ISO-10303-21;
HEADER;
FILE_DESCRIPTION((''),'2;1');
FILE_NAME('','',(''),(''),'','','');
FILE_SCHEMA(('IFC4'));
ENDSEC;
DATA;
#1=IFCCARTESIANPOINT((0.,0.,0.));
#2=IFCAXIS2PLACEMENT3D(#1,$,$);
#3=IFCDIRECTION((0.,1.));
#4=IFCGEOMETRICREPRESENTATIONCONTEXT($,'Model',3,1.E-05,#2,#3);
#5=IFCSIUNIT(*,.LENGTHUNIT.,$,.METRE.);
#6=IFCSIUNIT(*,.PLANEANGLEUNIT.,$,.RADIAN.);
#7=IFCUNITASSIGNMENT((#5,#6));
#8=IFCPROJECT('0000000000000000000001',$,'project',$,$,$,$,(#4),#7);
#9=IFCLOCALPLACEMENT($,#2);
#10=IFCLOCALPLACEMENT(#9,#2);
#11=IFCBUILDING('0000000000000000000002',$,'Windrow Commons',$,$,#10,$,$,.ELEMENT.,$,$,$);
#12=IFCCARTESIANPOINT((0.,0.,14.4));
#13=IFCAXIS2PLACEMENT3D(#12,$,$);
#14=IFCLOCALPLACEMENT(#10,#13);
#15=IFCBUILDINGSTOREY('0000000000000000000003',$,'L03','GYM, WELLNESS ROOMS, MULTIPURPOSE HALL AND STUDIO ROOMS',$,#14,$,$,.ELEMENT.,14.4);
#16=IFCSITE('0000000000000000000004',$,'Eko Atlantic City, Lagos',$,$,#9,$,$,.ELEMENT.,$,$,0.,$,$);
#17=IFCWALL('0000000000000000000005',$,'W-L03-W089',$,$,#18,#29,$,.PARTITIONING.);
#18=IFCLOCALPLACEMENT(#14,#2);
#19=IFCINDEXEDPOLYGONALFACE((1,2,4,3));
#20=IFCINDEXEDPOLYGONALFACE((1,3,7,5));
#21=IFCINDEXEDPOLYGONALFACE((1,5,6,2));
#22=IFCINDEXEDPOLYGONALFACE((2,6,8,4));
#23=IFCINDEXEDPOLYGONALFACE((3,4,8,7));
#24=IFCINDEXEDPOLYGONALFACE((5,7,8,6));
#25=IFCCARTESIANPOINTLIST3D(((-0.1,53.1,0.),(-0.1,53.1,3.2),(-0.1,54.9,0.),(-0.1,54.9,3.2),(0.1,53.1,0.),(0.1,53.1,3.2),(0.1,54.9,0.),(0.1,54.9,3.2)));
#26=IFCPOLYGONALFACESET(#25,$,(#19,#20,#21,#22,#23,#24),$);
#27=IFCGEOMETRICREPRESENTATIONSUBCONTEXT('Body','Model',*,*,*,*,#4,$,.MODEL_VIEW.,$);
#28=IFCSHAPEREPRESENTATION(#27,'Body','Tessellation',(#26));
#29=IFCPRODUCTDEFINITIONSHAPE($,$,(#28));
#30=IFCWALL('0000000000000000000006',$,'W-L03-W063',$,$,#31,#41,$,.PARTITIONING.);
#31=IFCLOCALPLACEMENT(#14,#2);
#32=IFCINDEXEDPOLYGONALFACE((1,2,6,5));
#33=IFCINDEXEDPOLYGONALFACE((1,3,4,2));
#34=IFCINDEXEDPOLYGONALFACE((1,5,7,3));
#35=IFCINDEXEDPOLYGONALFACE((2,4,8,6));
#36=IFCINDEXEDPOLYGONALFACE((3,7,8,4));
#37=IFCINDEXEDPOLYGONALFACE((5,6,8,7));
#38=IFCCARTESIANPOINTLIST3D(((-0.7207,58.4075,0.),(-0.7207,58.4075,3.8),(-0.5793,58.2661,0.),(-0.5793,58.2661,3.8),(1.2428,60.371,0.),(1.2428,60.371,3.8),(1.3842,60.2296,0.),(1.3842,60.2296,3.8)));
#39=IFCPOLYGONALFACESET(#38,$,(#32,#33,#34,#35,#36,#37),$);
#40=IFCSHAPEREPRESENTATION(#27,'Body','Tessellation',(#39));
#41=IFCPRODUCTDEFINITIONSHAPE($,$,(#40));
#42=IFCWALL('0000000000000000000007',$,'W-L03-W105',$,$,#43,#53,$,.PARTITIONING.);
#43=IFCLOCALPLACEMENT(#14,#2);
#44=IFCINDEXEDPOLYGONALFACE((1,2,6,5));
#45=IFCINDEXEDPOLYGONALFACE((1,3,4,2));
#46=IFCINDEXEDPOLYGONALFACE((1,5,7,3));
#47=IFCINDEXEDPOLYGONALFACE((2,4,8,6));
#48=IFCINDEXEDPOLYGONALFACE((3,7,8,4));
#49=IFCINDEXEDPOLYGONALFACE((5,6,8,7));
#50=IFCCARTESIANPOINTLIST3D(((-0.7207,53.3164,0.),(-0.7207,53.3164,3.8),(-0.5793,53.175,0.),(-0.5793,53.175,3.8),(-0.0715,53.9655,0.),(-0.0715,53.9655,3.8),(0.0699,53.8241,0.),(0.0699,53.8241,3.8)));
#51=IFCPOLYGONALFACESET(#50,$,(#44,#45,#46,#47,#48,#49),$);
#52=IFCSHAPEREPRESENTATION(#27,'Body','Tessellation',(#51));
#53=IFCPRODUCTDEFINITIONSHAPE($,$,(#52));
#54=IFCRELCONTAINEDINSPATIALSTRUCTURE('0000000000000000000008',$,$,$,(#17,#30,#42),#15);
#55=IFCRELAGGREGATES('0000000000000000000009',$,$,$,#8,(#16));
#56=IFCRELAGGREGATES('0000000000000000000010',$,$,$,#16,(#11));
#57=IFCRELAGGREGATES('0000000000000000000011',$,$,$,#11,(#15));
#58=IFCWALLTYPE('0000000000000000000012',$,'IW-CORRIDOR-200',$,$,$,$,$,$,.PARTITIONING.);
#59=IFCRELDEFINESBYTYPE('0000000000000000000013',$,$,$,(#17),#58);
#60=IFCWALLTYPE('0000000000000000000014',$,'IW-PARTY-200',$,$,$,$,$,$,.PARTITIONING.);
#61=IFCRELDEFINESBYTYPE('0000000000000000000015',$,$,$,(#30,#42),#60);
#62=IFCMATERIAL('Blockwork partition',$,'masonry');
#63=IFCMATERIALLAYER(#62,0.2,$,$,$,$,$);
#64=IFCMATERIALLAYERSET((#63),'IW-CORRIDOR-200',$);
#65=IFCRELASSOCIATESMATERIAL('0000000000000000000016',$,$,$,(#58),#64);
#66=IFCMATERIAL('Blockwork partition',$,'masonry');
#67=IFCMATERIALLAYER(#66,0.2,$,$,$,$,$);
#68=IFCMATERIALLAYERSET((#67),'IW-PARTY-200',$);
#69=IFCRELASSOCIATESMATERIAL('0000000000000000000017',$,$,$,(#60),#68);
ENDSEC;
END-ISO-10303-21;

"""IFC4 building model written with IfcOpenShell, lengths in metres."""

from ifc_helpers import new_model, si_unit, direction, frame, frame_2d, origin, place, context, subcontext, project, spatial, rectangle, extrude, material, layer, layer_set, type_object, element, save


model = new_model("IFC4")

# Units and contexts
model_context = context("Model", 3, precision=1e-05, world=origin(), true_north=direction((0.0, 1.0)))
body_context = subcontext(model_context, "Body", "Model", "MODEL_VIEW")
ifc_project = project(units=[si_unit("LENGTHUNIT", "METRE"), si_unit("PLANEANGLEUNIT", "RADIAN")], contexts=[model_context])

# Site, building, storey
site_placement = place(None, origin())
site = spatial("IfcSite", under=ifc_project, at=site_placement, Name="Eko Atlantic City, Lagos", CompositionType="ELEMENT", RefElevation=0.0)
building_placement = place(site_placement, origin())
building = spatial("IfcBuilding", under=site, at=building_placement, Name="Windrow Commons", CompositionType="ELEMENT")
storey_placement = place(building_placement, frame((0.0, 0.0, 14.4)))
storey = spatial("IfcBuildingStorey", under=building, at=storey_placement, Name="L03", Description="GYM, WELLNESS ROOMS, MULTIPURPOSE HALL AND STUDIO ROOMS", CompositionType="ELEMENT", Elevation=14.4)

# Shared definitions
ifc_material_1 = material(Name="Blockwork partition", Category="masonry")
ifc_layer_1 = layer(ifc_material_1, 0.2)
ifc_layer_set_1 = layer_set([ifc_layer_1], Name="IW-CORRIDOR-200")
wall_type_1 = type_object("IfcWallType", Name="IW-CORRIDOR-200", PredefinedType="PARTITIONING", material=ifc_layer_set_1)

# Walls
wall_1_placement = place(storey_placement, frame((0.0, 53.1, 0.0), z_axis=(0.0, 0.0, 1.0), x_axis=(0.0, 1.0, 0.0)))
element("IfcWall", 1, at=wall_1_placement, inside=storey, type_object=wall_type_1, Name="W-L03-W089", PredefinedType="PARTITIONING", context=body_context, shape_type="SweptSolid", body=[
    extrude(rectangle(XDim=1.8, YDim=0.2, at=frame_2d((0.9, 0.0))), origin(), (0.0, 0.0, 1.0), 3.2),
])
ifc_material_2 = material(Name="Blockwork partition", Category="masonry")
ifc_layer_2 = layer(ifc_material_2, 0.2)
ifc_layer_set_2 = layer_set([ifc_layer_2], Name="IW-PARTY-200")
wall_type_2 = type_object("IfcWallType", Name="IW-PARTY-200", PredefinedType="PARTITIONING", material=ifc_layer_set_2)
wall_2_placement = place(storey_placement, frame((-0.65, 58.3368, 0.0), z_axis=(0.0, 0.0, 1.0), x_axis=(0.707107, 0.707107, 0.0)))
element("IfcWall", 2, at=wall_2_placement, inside=storey, type_object=wall_type_2, Name="W-L03-W063", PredefinedType="PARTITIONING", context=body_context, shape_type="SweptSolid", body=[
    extrude(rectangle(XDim=2.7769, YDim=0.2, at=frame_2d((1.3884, 0.0))), origin(), (0.0, 0.0, 1.0), 3.8),
])
wall_3_placement = place(storey_placement, frame((-0.65, 53.2457, 0.0), z_axis=(0.0, 0.0, 1.0), x_axis=(0.707161, 0.707052, 0.0)))
element("IfcWall", 3, at=wall_3_placement, inside=storey, type_object=wall_type_2, Name="W-L03-W105", PredefinedType="PARTITIONING", context=body_context, shape_type="SweptSolid", body=[
    extrude(rectangle(XDim=0.918, YDim=0.2, at=frame_2d((0.459, 0.0))), origin(), (0.0, 0.0, 1.0), 3.8),
])

save(model, "model.ifc")
